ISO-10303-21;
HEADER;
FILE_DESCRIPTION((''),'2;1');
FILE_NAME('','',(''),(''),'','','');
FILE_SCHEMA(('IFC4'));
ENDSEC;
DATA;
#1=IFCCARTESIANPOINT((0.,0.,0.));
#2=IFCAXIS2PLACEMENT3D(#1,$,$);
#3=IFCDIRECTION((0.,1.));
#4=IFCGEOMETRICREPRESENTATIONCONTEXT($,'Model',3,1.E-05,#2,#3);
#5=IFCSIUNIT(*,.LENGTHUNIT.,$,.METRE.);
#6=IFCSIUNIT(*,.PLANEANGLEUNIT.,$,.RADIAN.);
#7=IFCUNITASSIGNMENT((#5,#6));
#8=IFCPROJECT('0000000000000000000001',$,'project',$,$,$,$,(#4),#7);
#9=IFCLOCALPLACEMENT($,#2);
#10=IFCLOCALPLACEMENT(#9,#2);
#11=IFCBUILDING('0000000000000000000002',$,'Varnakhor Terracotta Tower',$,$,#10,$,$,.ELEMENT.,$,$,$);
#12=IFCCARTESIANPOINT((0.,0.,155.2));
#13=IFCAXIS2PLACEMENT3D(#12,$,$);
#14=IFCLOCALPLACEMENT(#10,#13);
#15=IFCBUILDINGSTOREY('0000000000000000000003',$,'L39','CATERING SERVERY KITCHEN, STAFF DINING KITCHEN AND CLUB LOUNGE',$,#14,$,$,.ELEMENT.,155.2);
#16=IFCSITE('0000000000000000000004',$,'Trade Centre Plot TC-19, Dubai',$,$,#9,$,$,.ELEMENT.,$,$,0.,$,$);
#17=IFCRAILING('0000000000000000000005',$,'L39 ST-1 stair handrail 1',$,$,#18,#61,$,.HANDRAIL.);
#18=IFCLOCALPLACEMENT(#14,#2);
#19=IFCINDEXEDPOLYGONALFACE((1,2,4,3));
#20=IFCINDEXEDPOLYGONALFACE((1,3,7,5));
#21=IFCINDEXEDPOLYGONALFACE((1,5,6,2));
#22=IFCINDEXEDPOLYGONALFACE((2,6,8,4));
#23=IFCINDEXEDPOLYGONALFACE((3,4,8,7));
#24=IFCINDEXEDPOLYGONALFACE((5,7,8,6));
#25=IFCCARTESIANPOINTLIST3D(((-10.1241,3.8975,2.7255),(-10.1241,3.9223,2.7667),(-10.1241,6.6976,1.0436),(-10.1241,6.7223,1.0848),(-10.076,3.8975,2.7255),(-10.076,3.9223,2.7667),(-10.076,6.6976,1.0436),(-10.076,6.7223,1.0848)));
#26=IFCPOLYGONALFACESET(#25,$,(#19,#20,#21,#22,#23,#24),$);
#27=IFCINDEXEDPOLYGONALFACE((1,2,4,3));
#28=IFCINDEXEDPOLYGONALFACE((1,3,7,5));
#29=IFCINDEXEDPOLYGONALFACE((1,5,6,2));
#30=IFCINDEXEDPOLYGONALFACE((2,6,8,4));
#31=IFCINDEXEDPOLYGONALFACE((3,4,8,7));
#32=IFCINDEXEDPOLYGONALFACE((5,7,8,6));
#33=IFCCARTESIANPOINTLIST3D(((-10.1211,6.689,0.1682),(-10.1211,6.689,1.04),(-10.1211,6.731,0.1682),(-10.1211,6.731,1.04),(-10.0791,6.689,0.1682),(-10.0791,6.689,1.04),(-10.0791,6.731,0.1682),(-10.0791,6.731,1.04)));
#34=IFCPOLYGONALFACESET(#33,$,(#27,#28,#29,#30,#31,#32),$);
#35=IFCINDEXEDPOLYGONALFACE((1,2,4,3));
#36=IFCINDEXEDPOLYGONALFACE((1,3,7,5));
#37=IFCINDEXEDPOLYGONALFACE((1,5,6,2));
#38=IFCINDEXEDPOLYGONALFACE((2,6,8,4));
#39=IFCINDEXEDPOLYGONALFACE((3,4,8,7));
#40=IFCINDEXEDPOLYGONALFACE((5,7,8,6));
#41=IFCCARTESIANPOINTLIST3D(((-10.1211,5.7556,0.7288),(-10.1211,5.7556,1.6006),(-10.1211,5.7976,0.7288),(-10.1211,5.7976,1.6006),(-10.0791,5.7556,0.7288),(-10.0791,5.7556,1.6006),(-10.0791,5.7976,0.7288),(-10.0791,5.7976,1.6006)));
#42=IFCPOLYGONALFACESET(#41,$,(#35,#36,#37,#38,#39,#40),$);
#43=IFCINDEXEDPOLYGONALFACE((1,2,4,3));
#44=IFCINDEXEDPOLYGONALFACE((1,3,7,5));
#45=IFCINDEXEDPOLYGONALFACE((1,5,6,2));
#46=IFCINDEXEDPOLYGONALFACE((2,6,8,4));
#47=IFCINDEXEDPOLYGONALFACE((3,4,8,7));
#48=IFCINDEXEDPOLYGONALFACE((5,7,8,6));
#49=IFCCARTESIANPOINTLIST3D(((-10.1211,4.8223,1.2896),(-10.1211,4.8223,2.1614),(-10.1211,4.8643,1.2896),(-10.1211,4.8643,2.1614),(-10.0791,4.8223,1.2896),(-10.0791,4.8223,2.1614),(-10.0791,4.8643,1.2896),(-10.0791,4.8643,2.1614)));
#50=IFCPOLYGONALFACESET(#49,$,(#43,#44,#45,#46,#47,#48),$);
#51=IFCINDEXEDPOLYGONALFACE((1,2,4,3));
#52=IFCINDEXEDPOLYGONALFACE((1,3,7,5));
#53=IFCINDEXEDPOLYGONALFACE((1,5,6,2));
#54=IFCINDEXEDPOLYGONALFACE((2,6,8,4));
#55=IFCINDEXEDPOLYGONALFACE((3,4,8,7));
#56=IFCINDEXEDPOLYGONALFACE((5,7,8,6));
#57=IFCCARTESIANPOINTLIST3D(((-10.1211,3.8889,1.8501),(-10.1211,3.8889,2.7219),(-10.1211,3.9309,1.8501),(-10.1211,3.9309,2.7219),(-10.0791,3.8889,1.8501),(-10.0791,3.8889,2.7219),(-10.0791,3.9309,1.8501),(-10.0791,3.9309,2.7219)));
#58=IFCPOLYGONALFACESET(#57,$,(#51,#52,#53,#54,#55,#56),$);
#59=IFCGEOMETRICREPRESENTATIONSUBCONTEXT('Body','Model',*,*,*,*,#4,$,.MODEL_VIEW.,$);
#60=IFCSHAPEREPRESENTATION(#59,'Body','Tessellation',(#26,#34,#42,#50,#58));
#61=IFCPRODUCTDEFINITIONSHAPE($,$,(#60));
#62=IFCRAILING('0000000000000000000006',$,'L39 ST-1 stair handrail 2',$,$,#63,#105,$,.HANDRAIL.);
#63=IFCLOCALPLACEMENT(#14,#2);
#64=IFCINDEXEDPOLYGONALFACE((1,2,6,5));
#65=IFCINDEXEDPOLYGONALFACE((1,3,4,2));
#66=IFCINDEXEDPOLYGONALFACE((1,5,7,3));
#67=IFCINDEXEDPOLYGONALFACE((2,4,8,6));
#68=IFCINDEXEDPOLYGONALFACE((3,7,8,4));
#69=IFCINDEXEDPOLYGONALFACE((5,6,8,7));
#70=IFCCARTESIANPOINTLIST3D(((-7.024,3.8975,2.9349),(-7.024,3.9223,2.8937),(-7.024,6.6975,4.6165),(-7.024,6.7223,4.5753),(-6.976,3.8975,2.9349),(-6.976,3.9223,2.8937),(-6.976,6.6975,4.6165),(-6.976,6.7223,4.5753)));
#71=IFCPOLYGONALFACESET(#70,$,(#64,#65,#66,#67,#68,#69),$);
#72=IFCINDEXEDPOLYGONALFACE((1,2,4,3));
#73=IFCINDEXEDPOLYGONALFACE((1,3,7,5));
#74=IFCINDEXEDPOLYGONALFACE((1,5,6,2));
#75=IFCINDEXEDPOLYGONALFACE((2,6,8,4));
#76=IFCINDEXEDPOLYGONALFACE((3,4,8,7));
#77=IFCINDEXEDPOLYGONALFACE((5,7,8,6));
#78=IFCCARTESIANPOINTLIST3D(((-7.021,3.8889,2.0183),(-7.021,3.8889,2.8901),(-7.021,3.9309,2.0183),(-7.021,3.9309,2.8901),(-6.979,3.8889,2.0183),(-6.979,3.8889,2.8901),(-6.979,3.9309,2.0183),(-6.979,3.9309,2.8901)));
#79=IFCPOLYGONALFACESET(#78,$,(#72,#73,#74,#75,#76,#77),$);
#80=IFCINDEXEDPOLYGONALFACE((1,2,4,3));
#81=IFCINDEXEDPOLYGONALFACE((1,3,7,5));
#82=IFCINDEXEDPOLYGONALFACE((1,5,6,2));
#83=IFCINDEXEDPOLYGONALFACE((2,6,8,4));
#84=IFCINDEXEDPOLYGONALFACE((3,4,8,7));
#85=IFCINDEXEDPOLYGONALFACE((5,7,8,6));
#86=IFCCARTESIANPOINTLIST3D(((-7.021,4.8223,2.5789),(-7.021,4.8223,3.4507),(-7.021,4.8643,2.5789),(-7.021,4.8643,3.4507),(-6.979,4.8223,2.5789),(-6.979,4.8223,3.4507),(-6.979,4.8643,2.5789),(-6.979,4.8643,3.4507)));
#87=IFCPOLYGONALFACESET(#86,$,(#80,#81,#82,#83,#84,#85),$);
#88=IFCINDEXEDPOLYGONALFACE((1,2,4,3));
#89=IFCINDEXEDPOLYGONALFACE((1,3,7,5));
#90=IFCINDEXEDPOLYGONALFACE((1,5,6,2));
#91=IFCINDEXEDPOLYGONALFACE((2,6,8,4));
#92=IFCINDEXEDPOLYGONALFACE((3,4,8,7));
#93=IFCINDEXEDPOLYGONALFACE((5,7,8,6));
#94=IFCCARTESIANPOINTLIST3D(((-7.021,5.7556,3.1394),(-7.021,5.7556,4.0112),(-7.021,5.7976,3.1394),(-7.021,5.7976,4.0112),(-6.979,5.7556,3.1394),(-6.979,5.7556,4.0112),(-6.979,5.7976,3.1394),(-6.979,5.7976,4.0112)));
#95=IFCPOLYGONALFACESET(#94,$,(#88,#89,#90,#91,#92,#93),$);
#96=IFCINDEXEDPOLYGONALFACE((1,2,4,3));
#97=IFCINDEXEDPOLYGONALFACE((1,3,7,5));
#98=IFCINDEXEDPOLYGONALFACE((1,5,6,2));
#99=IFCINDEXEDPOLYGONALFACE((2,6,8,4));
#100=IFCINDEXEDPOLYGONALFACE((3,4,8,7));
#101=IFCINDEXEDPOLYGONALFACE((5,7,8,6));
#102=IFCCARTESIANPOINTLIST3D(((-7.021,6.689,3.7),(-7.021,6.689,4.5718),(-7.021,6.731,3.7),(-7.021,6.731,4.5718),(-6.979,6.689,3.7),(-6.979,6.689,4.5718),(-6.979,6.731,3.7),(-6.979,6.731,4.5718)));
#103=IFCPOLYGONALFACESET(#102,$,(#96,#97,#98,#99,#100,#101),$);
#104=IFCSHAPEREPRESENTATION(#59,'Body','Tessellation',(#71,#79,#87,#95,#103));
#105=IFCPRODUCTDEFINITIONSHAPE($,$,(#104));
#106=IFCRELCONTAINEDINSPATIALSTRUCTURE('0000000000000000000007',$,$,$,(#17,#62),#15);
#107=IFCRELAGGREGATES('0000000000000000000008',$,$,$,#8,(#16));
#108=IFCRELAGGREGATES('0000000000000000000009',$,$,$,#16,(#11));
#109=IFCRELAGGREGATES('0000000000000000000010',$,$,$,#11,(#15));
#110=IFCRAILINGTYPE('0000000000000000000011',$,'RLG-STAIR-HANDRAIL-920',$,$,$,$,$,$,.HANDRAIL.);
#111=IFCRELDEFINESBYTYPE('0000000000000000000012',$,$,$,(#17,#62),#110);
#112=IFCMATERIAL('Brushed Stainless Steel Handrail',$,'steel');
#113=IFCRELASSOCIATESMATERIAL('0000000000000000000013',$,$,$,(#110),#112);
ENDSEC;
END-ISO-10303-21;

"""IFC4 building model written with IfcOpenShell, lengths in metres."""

from ifc_helpers import new_model, si_unit, direction, frame, origin, origin_2d, place, context, subcontext, project, spatial, rectangle, extrude, material, type_object, element, save


model = new_model("IFC4")

# Units and contexts
model_context = context("Model", 3, precision=1e-05, world=origin(), true_north=direction((0.0, 1.0)))
body_context = subcontext(model_context, "Body", "Model", "MODEL_VIEW")
ifc_project = project(units=[si_unit("LENGTHUNIT", "METRE"), si_unit("PLANEANGLEUNIT", "RADIAN")], contexts=[model_context])

# Site, building, storey
site_placement = place(None, origin())
site = spatial("IfcSite", under=ifc_project, at=site_placement, Name="Trade Centre Plot TC-19, Dubai", CompositionType="ELEMENT", RefElevation=0.0)
building_placement = place(site_placement, origin())
building = spatial("IfcBuilding", under=site, at=building_placement, Name="Varnakhor Terracotta Tower", CompositionType="ELEMENT")
storey_placement = place(building_placement, frame((0.0, 0.0, 155.2)))
storey = spatial("IfcBuildingStorey", under=building, at=storey_placement, Name="L39", Description="CATERING SERVERY KITCHEN, STAFF DINING KITCHEN AND CLUB LOUNGE", CompositionType="ELEMENT", Elevation=155.2)

# Railings
ifc_material_1 = material(Name="Brushed Stainless Steel Handrail", Category="steel")
railing_type_1 = type_object("IfcRailingType", Name="RLG-STAIR-HANDRAIL-920", PredefinedType="HANDRAIL", material=ifc_material_1)
railing_1_placement = place(storey_placement, frame((-10.1001, 6.71, 0.1682)))
element("IfcRailing", 1, at=railing_1_placement, inside=storey, type_object=railing_type_1, Name="L39 ST-1 stair handrail 1", PredefinedType="HANDRAIL", context=body_context, shape_type="SweptSolid", body=[
    extrude(rectangle(XDim=0.0481, YDim=0.0481, at=origin_2d()), frame((0.0, 0.0, 0.896), z_axis=(0.0, -0.857242, 0.514913), x_axis=(1.0, 0.0, 0.0)), (0.0, 0.0, 1.0), 3.2664),
    extrude(rectangle(XDim=0.042, YDim=0.042, at=origin_2d()), origin(), (0.0, 0.0, 1.0), 0.8718),
    extrude(rectangle(XDim=0.042, YDim=0.042, at=origin_2d()), frame((0.0, -0.9333, 0.5605)), (0.0, 0.0, 1.0), 0.8718),
    extrude(rectangle(XDim=0.042, YDim=0.042, at=origin_2d()), frame((0.0, -1.8667, 1.1213)), (0.0, 0.0, 1.0), 0.8718),
    extrude(rectangle(XDim=0.042, YDim=0.042, at=origin_2d()), frame((0.0, -2.8, 1.6819)), (0.0, 0.0, 1.0), 0.8718),
])
railing_2_placement = place(storey_placement, frame((-7.0, 3.9099, 2.0183)))
element("IfcRailing", 2, at=railing_2_placement, inside=storey, type_object=railing_type_1, Name="L39 ST-1 stair handrail 2", PredefinedType="HANDRAIL", context=body_context, shape_type="SweptSolid", body=[
    extrude(rectangle(XDim=0.0481, YDim=0.0481, at=origin_2d()), frame((0.0, 0.0, 0.896), z_axis=(0.0, 0.857275, 0.514858), x_axis=(-1.0, 0.0, 0.0)), (0.0, 0.0, 1.0), 3.2661),
    extrude(rectangle(XDim=0.042, YDim=0.042, at=origin_2d()), origin(), (0.0, 0.0, 1.0), 0.8718),
    extrude(rectangle(XDim=0.042, YDim=0.042, at=origin_2d()), frame((0.0, 0.9333, 0.5605)), (0.0, 0.0, 1.0), 0.8718),
    extrude(rectangle(XDim=0.042, YDim=0.042, at=origin_2d()), frame((0.0, 1.8667, 1.1211)), (0.0, 0.0, 1.0), 0.8718),
    extrude(rectangle(XDim=0.042, YDim=0.042, at=origin_2d()), frame((0.0, 2.8, 1.6816)), (0.0, 0.0, 1.0), 0.8718),
])

save(model, "model.ifc")
